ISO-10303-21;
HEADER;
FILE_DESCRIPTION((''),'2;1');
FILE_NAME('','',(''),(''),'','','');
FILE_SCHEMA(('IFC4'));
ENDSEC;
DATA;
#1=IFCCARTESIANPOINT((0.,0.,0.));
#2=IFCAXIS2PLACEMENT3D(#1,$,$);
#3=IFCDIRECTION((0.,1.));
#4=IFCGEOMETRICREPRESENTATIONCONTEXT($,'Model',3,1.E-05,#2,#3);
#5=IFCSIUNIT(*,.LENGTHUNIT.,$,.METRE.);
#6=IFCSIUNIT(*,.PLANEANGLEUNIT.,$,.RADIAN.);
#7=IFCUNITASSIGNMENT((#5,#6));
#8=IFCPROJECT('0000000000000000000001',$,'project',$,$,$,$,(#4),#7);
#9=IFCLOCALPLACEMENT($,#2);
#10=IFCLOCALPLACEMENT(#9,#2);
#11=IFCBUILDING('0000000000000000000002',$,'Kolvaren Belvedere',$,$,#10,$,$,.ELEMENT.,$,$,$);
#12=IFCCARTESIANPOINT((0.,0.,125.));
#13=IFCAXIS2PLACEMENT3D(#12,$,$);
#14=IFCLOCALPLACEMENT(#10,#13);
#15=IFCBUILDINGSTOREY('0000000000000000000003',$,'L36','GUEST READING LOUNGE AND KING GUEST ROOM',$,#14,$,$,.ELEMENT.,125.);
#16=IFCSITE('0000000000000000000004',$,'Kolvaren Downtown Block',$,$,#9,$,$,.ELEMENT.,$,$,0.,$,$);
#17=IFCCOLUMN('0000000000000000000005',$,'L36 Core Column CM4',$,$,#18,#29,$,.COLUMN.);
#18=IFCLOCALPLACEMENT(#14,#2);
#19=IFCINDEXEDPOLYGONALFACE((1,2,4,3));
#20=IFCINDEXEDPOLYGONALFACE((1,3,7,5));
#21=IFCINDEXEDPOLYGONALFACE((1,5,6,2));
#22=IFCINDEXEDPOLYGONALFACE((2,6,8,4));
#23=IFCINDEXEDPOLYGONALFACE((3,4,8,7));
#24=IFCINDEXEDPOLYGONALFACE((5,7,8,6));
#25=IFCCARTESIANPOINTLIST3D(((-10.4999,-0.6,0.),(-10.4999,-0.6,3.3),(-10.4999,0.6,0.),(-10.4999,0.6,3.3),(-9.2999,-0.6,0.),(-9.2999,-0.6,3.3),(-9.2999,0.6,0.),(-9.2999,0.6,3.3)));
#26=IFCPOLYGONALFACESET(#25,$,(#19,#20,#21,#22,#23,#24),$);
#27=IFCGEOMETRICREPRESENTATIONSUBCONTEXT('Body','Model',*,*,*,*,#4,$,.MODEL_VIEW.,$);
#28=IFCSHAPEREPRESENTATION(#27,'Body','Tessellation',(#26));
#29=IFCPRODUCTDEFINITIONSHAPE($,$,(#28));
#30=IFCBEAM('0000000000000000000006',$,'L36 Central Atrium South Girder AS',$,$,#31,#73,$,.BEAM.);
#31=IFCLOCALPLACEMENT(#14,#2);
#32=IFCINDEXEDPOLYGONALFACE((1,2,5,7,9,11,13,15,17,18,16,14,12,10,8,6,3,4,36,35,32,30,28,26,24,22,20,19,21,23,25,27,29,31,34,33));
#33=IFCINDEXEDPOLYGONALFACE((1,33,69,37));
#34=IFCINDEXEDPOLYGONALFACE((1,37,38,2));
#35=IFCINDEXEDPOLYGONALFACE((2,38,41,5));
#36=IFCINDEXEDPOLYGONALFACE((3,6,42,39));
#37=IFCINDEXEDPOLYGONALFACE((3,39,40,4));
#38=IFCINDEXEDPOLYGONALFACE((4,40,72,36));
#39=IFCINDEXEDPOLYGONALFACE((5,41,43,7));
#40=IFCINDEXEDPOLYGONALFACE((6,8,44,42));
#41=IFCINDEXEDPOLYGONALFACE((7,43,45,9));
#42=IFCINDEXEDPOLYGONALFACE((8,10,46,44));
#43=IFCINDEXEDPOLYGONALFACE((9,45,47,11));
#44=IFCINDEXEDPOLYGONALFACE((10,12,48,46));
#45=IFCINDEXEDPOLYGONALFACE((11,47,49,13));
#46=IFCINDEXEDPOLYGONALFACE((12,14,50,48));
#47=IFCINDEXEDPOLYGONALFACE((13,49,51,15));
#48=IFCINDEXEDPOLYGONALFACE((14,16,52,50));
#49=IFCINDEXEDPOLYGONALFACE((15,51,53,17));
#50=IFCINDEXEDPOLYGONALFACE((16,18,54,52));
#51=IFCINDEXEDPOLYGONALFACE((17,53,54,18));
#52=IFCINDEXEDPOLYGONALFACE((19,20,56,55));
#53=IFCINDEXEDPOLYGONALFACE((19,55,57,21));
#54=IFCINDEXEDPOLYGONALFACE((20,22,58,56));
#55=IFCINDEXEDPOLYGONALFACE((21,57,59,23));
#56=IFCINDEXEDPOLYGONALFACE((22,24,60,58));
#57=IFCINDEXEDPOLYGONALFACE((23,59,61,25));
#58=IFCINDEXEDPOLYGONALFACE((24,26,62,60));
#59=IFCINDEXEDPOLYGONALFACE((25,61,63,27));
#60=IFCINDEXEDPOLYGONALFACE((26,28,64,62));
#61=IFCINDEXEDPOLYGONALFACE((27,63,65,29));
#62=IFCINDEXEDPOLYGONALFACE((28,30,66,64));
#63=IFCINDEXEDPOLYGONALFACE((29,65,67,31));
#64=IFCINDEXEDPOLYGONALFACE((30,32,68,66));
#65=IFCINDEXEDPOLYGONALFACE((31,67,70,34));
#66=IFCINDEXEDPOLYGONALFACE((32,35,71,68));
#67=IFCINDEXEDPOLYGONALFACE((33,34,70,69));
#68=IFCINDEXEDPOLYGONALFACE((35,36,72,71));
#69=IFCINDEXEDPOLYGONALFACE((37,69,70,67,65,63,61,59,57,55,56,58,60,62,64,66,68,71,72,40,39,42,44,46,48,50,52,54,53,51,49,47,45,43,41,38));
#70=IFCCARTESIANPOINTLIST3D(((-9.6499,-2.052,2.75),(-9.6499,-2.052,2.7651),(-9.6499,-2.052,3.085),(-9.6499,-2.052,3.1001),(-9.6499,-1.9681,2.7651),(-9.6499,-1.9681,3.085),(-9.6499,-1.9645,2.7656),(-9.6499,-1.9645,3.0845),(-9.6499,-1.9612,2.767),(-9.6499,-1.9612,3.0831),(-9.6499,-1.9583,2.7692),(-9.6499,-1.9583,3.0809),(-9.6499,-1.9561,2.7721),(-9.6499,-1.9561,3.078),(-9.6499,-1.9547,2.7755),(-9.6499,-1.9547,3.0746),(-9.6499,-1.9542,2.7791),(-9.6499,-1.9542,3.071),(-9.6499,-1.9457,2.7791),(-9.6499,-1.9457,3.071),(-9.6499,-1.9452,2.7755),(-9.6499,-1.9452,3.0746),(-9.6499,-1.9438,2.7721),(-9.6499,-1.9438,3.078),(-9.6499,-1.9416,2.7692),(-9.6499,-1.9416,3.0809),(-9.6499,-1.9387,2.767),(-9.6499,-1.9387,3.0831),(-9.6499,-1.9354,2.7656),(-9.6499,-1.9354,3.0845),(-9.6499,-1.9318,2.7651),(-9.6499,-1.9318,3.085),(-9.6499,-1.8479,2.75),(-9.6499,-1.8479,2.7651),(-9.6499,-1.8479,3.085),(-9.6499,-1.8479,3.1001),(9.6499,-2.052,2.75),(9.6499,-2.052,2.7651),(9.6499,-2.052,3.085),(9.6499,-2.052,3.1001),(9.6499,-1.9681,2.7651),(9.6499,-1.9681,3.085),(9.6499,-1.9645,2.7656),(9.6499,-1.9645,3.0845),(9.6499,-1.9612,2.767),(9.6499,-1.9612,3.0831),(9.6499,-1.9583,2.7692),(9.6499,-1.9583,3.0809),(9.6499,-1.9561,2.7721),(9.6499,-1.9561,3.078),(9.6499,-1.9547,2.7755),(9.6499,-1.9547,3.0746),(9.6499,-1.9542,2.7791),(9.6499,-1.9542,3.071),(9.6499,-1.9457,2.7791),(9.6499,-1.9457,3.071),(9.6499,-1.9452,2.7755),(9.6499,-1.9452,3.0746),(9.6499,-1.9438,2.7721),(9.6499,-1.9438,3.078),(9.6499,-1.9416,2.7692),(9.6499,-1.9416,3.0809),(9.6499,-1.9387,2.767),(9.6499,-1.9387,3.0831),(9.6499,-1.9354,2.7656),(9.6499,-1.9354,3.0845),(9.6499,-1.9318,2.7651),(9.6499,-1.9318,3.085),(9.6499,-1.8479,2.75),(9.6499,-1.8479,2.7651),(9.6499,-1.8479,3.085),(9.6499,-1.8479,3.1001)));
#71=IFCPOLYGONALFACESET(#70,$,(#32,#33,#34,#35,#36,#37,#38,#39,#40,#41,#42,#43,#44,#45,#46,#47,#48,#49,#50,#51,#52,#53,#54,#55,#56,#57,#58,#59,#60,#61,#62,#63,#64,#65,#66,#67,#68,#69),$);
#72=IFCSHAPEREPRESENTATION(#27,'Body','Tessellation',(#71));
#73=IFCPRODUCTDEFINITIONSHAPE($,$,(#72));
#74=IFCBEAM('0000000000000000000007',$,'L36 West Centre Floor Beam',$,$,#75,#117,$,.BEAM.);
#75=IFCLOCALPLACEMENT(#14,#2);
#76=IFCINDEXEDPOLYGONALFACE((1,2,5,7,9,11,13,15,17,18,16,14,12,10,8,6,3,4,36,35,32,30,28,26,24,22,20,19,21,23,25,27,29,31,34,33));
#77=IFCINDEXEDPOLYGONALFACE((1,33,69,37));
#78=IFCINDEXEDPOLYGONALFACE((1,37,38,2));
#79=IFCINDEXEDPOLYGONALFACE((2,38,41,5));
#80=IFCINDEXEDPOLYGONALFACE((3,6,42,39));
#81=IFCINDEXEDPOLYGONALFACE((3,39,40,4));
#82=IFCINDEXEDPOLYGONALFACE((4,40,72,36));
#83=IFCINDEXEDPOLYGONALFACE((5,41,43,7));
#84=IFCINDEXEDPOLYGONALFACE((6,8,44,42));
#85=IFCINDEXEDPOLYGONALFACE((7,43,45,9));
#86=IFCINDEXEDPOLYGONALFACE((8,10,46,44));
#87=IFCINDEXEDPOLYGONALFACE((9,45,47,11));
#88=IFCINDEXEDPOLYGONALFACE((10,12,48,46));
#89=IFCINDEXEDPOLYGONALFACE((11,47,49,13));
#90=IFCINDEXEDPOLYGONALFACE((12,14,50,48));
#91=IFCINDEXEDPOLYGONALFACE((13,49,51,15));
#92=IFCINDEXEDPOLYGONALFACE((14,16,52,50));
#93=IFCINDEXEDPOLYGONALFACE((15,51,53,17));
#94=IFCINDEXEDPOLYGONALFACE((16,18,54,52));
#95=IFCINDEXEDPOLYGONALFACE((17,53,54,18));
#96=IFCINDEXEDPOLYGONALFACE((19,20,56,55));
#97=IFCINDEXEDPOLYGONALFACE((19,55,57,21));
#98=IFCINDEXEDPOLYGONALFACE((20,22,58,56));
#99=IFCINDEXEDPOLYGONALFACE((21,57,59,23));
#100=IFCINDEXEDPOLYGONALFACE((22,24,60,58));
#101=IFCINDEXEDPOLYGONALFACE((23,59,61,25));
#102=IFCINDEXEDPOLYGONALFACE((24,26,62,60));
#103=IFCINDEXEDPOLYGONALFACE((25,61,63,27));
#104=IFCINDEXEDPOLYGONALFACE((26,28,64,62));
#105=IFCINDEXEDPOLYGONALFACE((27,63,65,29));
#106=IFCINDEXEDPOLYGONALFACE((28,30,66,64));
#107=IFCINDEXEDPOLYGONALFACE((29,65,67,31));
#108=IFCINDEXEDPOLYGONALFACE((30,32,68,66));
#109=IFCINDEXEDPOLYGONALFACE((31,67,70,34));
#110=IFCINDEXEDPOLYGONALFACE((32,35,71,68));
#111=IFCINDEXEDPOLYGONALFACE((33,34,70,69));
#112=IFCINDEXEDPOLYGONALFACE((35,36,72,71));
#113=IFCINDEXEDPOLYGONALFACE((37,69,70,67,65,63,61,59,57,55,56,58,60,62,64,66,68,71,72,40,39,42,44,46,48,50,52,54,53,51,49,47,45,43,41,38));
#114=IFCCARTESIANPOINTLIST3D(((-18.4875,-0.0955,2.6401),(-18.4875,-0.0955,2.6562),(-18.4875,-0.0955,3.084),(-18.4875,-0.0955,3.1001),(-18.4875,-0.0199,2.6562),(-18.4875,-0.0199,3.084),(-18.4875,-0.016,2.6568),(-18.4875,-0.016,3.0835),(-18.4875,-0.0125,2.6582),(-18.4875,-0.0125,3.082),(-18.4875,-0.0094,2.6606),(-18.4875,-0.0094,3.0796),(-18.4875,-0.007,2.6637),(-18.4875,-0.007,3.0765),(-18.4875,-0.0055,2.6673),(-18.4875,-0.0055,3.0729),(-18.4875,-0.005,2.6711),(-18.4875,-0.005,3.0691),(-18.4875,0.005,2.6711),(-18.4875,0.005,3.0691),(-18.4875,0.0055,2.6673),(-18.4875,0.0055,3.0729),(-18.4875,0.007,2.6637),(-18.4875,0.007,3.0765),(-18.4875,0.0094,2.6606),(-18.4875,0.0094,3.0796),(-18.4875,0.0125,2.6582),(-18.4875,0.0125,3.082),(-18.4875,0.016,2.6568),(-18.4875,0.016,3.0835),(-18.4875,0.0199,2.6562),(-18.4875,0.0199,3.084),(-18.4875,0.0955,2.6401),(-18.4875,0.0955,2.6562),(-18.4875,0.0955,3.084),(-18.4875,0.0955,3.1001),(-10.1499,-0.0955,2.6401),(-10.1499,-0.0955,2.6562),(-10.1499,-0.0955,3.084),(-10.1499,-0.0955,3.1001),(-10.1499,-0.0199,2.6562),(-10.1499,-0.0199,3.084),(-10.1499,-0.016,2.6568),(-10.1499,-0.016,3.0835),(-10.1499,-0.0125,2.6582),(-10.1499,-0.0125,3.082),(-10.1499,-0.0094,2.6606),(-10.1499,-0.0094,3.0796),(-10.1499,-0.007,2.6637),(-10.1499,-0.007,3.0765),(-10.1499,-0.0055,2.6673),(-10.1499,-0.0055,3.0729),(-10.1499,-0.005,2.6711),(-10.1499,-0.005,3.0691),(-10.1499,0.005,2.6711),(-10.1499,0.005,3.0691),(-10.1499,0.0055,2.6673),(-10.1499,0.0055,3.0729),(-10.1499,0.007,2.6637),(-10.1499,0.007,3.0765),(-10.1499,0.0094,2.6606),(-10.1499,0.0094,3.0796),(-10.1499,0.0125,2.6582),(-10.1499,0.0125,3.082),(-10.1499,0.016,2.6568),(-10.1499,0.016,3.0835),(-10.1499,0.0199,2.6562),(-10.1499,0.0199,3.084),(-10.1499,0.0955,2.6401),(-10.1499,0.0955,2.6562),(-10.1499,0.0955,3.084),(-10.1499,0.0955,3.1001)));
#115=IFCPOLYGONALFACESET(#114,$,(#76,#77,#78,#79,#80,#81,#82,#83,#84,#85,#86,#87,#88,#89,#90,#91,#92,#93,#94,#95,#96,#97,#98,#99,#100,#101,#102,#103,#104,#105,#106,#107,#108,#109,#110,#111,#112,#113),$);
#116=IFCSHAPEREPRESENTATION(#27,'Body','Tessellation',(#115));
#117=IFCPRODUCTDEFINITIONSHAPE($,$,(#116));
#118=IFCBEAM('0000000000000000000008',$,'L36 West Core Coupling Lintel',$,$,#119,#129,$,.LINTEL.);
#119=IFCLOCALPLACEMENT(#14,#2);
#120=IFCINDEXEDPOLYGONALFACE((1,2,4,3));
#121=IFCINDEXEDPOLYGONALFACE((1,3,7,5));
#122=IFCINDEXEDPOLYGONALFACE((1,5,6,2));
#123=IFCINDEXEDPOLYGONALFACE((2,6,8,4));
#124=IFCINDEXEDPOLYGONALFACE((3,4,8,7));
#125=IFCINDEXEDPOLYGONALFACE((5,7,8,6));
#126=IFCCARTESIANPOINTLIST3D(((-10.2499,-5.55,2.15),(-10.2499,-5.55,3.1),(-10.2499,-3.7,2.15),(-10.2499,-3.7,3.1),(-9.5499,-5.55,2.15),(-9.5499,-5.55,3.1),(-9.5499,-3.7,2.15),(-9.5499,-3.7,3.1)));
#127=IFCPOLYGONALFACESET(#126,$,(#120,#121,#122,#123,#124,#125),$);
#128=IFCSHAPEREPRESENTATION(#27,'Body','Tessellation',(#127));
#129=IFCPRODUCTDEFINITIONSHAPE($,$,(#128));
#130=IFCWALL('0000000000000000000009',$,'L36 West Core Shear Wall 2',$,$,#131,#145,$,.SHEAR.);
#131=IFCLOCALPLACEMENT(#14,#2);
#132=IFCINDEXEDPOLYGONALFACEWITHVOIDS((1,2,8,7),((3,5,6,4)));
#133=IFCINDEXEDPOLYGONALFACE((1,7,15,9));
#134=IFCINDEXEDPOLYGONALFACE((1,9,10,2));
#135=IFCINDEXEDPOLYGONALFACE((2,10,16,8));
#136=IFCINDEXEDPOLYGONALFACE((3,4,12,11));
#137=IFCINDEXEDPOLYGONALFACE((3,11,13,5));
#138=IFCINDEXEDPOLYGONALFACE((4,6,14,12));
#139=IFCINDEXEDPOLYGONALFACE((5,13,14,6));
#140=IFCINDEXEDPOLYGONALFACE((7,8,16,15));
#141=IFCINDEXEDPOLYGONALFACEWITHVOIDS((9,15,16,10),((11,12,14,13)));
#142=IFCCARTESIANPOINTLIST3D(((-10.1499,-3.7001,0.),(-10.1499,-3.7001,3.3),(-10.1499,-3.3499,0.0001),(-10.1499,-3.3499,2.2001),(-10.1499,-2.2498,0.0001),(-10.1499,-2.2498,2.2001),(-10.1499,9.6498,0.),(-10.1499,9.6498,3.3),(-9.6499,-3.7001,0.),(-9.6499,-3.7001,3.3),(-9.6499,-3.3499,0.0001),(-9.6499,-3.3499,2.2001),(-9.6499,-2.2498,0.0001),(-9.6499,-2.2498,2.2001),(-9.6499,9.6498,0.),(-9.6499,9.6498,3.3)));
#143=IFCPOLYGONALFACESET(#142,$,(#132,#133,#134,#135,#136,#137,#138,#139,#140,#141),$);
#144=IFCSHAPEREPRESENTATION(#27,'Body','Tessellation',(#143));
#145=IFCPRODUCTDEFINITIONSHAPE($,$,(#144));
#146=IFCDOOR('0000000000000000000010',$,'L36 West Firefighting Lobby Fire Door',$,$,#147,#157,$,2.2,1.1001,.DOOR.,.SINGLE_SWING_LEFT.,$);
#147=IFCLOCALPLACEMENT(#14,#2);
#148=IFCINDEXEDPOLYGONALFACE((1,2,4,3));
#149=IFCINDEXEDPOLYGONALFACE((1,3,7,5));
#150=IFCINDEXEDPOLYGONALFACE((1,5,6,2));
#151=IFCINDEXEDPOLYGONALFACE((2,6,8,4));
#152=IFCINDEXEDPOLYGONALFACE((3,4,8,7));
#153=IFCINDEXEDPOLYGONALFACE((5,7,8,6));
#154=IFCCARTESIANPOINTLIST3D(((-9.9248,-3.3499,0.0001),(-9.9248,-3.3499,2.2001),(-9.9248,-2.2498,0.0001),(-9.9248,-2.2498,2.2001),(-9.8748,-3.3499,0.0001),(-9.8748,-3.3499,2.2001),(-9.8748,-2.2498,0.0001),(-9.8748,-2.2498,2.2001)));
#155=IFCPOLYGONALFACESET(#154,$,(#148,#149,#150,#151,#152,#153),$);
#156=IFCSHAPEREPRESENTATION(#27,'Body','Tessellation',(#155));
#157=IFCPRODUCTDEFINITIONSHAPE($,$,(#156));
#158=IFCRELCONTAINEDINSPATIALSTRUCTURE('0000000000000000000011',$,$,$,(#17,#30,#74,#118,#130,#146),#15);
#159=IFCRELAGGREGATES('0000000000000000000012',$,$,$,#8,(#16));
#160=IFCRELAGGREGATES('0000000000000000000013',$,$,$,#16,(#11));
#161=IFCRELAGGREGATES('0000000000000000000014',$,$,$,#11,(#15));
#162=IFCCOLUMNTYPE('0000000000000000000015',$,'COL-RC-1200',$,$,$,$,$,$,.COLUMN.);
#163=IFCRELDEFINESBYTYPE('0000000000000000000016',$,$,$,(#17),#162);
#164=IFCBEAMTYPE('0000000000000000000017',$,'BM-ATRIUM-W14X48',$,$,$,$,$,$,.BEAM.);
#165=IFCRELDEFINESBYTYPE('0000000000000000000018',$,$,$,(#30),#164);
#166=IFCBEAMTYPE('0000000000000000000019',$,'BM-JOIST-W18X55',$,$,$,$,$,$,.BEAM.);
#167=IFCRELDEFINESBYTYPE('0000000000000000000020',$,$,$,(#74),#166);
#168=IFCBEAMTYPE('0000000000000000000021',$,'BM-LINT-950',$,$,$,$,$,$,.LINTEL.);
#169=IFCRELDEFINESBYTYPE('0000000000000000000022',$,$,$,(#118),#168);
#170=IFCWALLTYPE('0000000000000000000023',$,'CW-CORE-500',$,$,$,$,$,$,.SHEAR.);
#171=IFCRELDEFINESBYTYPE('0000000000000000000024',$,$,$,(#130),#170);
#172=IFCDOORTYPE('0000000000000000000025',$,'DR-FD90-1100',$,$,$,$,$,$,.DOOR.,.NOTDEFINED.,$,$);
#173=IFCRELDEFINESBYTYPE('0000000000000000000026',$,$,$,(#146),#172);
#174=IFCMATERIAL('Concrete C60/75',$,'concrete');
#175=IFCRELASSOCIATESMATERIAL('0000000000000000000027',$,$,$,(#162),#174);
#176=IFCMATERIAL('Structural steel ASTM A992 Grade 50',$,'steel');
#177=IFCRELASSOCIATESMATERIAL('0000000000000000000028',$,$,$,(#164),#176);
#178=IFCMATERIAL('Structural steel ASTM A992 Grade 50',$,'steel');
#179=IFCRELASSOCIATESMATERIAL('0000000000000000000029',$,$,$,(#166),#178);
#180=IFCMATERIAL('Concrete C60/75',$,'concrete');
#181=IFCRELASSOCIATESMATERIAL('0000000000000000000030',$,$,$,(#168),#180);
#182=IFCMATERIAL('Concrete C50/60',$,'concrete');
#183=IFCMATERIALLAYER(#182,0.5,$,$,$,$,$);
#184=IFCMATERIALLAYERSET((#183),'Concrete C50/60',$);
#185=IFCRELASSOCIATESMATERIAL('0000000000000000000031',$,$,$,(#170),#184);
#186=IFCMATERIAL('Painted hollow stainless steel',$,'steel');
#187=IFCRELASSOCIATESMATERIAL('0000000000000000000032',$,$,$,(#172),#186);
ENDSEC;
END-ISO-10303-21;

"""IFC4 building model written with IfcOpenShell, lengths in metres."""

from ifc_helpers import new_model, si_unit, direction, frame, frame_2d, origin, origin_2d, place, context, subcontext, project, spatial, rectangle, i_section, extrude, material, layer, layer_set, material_profile, profile_set, type_object, element, fill, save


model = new_model("IFC4")

# Units and contexts
model_context = context("Model", 3, precision=1e-05, world=origin(), true_north=direction((0.0, 1.0)))
body_context = subcontext(model_context, "Body", "Model", "MODEL_VIEW")
ifc_project = project(units=[si_unit("LENGTHUNIT", "METRE"), si_unit("PLANEANGLEUNIT", "RADIAN")], contexts=[model_context])

# Site, building, storey
site_placement = place(None, origin())
site = spatial("IfcSite", under=ifc_project, at=site_placement, Name="Kolvaren Downtown Block", CompositionType="ELEMENT", RefElevation=0.0)
building_placement = place(site_placement, origin())
building = spatial("IfcBuilding", under=site, at=building_placement, Name="Kolvaren Belvedere", CompositionType="ELEMENT")
storey_placement = place(building_placement, frame((0.0, 0.0, 125.0)))
storey = spatial("IfcBuildingStorey", under=building, at=storey_placement, Name="L36", Description="GUEST READING LOUNGE AND KING GUEST ROOM", CompositionType="ELEMENT", Elevation=125.0)

# Column
ifc_material_1 = material(Name="Concrete C60/75", Category="concrete")
ifc_material_profile_1 = material_profile(ifc_material_1, rectangle(XDim=1.2, YDim=1.2, at=origin_2d()), Name="RC 1200X1200")
ifc_profile_set_1 = profile_set([ifc_material_profile_1], Name="Concrete C60/75")
column_type = type_object("IfcColumnType", Name="COL-RC-1200", PredefinedType="COLUMN", material=ifc_profile_set_1)
column_placement = place(storey_placement, frame((-9.8999, 0.0, 0.0), z_axis=(0.0, 0.0, 1.0), x_axis=(1.0, 0.0, 0.0)))
element("IfcColumn", 1, at=column_placement, inside=storey, type_object=column_type, Name="L36 Core Column CM4", PredefinedType="COLUMN", context=body_context, shape_type="SweptSolid", body=[
    extrude(rectangle(XDim=1.2, YDim=1.2, at=origin_2d()), origin(), (0.0, 0.0, 1.0), 3.3),
])

# Beams
ifc_material_2 = material(Name="Structural steel ASTM A992 Grade 50", Category="steel")
ifc_material_profile_2 = material_profile(ifc_material_2, i_section(OverallWidth=0.2041, OverallDepth=0.3501, WebThickness=0.0085, FlangeThickness=0.0151, FilletRadius=0.0139, at=origin_2d()), Name="W14X48")
ifc_profile_set_2 = profile_set([ifc_material_profile_2], Name="Structural steel ASTM A992 Grade 50")
beam_type_1 = type_object("IfcBeamType", Name="BM-ATRIUM-W14X48", PredefinedType="BEAM", material=ifc_profile_set_2)
beam_1_placement = place(storey_placement, frame((-9.6499, -1.95, 2.925), z_axis=(1.0, 0.0, 0.0), x_axis=(0.0, 1.0, 0.0)))
element("IfcBeam", 2, at=beam_1_placement, inside=storey, type_object=beam_type_1, Name="L36 Central Atrium South Girder AS", PredefinedType="BEAM", context=body_context, shape_type="SweptSolid", body=[
    extrude(i_section(OverallWidth=0.2041, OverallDepth=0.3501, WebThickness=0.0085, FlangeThickness=0.0151, FilletRadius=0.0139, at=origin_2d()), origin(), (0.0, 0.0, 1.0), 19.2998),
])
ifc_material_3 = material(Name="Structural steel ASTM A992 Grade 50", Category="steel")
ifc_material_profile_3 = material_profile(ifc_material_3, i_section(OverallWidth=0.1909, OverallDepth=0.46, WebThickness=0.01, FlangeThickness=0.0161, FilletRadius=0.0149, at=origin_2d()), Name="W18X55")
ifc_profile_set_3 = profile_set([ifc_material_profile_3], Name="Structural steel ASTM A992 Grade 50")
beam_type_2 = type_object("IfcBeamType", Name="BM-JOIST-W18X55", PredefinedType="BEAM", material=ifc_profile_set_3)
beam_2_placement = place(storey_placement, frame((-10.1499, 0.0, 2.8701), z_axis=(-1.0, 0.0, 0.0), x_axis=(0.0, -1.0, 0.0)))
element("IfcBeam", 3, at=beam_2_placement, inside=storey, type_object=beam_type_2, Name="L36 West Centre Floor Beam", PredefinedType="BEAM", context=body_context, shape_type="SweptSolid", body=[
    extrude(i_section(OverallWidth=0.1909, OverallDepth=0.46, WebThickness=0.01, FlangeThickness=0.0161, FilletRadius=0.0149, at=origin_2d()), origin(), (0.0, 0.0, 1.0), 8.3376),
])
ifc_material_4 = material(Name="Concrete C60/75", Category="concrete")
ifc_material_profile_4 = material_profile(ifc_material_4, rectangle(XDim=0.7, YDim=0.95, at=origin_2d()), Name="RC 700X950")
ifc_profile_set_4 = profile_set([ifc_material_profile_4], Name="Concrete C60/75")
beam_type_3 = type_object("IfcBeamType", Name="BM-LINT-950", PredefinedType="LINTEL", material=ifc_profile_set_4)
beam_3_placement = place(storey_placement, frame((-9.8999, -5.55, 2.625), z_axis=(0.0, 1.0, 0.0), x_axis=(-1.0, 0.0, 0.0)))
element("IfcBeam", 4, at=beam_3_placement, inside=storey, type_object=beam_type_3, Name="L36 West Core Coupling Lintel", PredefinedType="LINTEL", context=body_context, shape_type="SweptSolid", body=[
    extrude(rectangle(XDim=0.7, YDim=0.95, at=origin_2d()), origin(), (0.0, 0.0, 1.0), 1.8501),
])

# Wall, opening, door
ifc_material_5 = material(Name="Concrete C50/60", Category="concrete")
ifc_layer_1 = layer(ifc_material_5, 0.5)
ifc_layer_set_1 = layer_set([ifc_layer_1], Name="Concrete C50/60")
wall_type_1 = type_object("IfcWallType", Name="CW-CORE-500", PredefinedType="SHEAR", material=ifc_layer_set_1)
wall_1_placement = place(storey_placement, frame((-9.8999, -3.7, 0.0), z_axis=(0.0, 0.0, 1.0), x_axis=(0.0, 1.0, 0.0)))
wall_1 = element("IfcWall", 5, at=wall_1_placement, inside=storey, type_object=wall_type_1, Name="L36 West Core Shear Wall 2", PredefinedType="SHEAR", context=body_context, shape_type="SweptSolid", body=[
    extrude(rectangle(XDim=13.3499, YDim=0.5, at=frame_2d((6.6748, 0.0))), origin(), (0.0, 0.0, 1.0), 3.3),
])
opening_1_placement = place(wall_1_placement, frame((0.3501, 0.0, 0.0)))
opening_1 = element("IfcOpeningElement", 6, at=opening_1_placement, cuts=wall_1, PredefinedType="OPENING", context=body_context, shape_type="SweptSolid", body=[
    extrude(rectangle(XDim=1.1001, YDim=2.2, at=frame_2d((0.55, 1.1001))), frame((0.0, 0.26, 0.0), z_axis=(0.0, -1.0, 0.0), x_axis=(1.0, 0.0, 0.0)), (0.0, 0.0, 1.0), 0.52),
])
ifc_material_6 = material(Name="Painted hollow stainless steel", Category="steel")
door_type_1 = type_object("IfcDoorType", Name="DR-FD90-1100", OperationType="NOTDEFINED", PredefinedType="DOOR", material=ifc_material_6)
door_1_placement = place(opening_1_placement, origin())
door_1 = element("IfcDoor", 7, at=door_1_placement, inside=storey, type_object=door_type_1, Name="L36 West Firefighting Lobby Fire Door", OperationType="SINGLE_SWING_LEFT", OverallHeight=2.2, OverallWidth=1.1001, PredefinedType="DOOR", context=body_context, shape_type="SweptSolid", body=[
    extrude(rectangle(XDim=1.1001, YDim=2.2, at=frame_2d((0.55, 1.1001))), frame((0.0, 0.0249, 0.0), z_axis=(0.0, -1.0, 0.0), x_axis=(1.0, 0.0, 0.0)), (0.0, 0.0, 1.0), 0.05),
])
fill(opening_1, door_1)

save(model, "model.ifc")
